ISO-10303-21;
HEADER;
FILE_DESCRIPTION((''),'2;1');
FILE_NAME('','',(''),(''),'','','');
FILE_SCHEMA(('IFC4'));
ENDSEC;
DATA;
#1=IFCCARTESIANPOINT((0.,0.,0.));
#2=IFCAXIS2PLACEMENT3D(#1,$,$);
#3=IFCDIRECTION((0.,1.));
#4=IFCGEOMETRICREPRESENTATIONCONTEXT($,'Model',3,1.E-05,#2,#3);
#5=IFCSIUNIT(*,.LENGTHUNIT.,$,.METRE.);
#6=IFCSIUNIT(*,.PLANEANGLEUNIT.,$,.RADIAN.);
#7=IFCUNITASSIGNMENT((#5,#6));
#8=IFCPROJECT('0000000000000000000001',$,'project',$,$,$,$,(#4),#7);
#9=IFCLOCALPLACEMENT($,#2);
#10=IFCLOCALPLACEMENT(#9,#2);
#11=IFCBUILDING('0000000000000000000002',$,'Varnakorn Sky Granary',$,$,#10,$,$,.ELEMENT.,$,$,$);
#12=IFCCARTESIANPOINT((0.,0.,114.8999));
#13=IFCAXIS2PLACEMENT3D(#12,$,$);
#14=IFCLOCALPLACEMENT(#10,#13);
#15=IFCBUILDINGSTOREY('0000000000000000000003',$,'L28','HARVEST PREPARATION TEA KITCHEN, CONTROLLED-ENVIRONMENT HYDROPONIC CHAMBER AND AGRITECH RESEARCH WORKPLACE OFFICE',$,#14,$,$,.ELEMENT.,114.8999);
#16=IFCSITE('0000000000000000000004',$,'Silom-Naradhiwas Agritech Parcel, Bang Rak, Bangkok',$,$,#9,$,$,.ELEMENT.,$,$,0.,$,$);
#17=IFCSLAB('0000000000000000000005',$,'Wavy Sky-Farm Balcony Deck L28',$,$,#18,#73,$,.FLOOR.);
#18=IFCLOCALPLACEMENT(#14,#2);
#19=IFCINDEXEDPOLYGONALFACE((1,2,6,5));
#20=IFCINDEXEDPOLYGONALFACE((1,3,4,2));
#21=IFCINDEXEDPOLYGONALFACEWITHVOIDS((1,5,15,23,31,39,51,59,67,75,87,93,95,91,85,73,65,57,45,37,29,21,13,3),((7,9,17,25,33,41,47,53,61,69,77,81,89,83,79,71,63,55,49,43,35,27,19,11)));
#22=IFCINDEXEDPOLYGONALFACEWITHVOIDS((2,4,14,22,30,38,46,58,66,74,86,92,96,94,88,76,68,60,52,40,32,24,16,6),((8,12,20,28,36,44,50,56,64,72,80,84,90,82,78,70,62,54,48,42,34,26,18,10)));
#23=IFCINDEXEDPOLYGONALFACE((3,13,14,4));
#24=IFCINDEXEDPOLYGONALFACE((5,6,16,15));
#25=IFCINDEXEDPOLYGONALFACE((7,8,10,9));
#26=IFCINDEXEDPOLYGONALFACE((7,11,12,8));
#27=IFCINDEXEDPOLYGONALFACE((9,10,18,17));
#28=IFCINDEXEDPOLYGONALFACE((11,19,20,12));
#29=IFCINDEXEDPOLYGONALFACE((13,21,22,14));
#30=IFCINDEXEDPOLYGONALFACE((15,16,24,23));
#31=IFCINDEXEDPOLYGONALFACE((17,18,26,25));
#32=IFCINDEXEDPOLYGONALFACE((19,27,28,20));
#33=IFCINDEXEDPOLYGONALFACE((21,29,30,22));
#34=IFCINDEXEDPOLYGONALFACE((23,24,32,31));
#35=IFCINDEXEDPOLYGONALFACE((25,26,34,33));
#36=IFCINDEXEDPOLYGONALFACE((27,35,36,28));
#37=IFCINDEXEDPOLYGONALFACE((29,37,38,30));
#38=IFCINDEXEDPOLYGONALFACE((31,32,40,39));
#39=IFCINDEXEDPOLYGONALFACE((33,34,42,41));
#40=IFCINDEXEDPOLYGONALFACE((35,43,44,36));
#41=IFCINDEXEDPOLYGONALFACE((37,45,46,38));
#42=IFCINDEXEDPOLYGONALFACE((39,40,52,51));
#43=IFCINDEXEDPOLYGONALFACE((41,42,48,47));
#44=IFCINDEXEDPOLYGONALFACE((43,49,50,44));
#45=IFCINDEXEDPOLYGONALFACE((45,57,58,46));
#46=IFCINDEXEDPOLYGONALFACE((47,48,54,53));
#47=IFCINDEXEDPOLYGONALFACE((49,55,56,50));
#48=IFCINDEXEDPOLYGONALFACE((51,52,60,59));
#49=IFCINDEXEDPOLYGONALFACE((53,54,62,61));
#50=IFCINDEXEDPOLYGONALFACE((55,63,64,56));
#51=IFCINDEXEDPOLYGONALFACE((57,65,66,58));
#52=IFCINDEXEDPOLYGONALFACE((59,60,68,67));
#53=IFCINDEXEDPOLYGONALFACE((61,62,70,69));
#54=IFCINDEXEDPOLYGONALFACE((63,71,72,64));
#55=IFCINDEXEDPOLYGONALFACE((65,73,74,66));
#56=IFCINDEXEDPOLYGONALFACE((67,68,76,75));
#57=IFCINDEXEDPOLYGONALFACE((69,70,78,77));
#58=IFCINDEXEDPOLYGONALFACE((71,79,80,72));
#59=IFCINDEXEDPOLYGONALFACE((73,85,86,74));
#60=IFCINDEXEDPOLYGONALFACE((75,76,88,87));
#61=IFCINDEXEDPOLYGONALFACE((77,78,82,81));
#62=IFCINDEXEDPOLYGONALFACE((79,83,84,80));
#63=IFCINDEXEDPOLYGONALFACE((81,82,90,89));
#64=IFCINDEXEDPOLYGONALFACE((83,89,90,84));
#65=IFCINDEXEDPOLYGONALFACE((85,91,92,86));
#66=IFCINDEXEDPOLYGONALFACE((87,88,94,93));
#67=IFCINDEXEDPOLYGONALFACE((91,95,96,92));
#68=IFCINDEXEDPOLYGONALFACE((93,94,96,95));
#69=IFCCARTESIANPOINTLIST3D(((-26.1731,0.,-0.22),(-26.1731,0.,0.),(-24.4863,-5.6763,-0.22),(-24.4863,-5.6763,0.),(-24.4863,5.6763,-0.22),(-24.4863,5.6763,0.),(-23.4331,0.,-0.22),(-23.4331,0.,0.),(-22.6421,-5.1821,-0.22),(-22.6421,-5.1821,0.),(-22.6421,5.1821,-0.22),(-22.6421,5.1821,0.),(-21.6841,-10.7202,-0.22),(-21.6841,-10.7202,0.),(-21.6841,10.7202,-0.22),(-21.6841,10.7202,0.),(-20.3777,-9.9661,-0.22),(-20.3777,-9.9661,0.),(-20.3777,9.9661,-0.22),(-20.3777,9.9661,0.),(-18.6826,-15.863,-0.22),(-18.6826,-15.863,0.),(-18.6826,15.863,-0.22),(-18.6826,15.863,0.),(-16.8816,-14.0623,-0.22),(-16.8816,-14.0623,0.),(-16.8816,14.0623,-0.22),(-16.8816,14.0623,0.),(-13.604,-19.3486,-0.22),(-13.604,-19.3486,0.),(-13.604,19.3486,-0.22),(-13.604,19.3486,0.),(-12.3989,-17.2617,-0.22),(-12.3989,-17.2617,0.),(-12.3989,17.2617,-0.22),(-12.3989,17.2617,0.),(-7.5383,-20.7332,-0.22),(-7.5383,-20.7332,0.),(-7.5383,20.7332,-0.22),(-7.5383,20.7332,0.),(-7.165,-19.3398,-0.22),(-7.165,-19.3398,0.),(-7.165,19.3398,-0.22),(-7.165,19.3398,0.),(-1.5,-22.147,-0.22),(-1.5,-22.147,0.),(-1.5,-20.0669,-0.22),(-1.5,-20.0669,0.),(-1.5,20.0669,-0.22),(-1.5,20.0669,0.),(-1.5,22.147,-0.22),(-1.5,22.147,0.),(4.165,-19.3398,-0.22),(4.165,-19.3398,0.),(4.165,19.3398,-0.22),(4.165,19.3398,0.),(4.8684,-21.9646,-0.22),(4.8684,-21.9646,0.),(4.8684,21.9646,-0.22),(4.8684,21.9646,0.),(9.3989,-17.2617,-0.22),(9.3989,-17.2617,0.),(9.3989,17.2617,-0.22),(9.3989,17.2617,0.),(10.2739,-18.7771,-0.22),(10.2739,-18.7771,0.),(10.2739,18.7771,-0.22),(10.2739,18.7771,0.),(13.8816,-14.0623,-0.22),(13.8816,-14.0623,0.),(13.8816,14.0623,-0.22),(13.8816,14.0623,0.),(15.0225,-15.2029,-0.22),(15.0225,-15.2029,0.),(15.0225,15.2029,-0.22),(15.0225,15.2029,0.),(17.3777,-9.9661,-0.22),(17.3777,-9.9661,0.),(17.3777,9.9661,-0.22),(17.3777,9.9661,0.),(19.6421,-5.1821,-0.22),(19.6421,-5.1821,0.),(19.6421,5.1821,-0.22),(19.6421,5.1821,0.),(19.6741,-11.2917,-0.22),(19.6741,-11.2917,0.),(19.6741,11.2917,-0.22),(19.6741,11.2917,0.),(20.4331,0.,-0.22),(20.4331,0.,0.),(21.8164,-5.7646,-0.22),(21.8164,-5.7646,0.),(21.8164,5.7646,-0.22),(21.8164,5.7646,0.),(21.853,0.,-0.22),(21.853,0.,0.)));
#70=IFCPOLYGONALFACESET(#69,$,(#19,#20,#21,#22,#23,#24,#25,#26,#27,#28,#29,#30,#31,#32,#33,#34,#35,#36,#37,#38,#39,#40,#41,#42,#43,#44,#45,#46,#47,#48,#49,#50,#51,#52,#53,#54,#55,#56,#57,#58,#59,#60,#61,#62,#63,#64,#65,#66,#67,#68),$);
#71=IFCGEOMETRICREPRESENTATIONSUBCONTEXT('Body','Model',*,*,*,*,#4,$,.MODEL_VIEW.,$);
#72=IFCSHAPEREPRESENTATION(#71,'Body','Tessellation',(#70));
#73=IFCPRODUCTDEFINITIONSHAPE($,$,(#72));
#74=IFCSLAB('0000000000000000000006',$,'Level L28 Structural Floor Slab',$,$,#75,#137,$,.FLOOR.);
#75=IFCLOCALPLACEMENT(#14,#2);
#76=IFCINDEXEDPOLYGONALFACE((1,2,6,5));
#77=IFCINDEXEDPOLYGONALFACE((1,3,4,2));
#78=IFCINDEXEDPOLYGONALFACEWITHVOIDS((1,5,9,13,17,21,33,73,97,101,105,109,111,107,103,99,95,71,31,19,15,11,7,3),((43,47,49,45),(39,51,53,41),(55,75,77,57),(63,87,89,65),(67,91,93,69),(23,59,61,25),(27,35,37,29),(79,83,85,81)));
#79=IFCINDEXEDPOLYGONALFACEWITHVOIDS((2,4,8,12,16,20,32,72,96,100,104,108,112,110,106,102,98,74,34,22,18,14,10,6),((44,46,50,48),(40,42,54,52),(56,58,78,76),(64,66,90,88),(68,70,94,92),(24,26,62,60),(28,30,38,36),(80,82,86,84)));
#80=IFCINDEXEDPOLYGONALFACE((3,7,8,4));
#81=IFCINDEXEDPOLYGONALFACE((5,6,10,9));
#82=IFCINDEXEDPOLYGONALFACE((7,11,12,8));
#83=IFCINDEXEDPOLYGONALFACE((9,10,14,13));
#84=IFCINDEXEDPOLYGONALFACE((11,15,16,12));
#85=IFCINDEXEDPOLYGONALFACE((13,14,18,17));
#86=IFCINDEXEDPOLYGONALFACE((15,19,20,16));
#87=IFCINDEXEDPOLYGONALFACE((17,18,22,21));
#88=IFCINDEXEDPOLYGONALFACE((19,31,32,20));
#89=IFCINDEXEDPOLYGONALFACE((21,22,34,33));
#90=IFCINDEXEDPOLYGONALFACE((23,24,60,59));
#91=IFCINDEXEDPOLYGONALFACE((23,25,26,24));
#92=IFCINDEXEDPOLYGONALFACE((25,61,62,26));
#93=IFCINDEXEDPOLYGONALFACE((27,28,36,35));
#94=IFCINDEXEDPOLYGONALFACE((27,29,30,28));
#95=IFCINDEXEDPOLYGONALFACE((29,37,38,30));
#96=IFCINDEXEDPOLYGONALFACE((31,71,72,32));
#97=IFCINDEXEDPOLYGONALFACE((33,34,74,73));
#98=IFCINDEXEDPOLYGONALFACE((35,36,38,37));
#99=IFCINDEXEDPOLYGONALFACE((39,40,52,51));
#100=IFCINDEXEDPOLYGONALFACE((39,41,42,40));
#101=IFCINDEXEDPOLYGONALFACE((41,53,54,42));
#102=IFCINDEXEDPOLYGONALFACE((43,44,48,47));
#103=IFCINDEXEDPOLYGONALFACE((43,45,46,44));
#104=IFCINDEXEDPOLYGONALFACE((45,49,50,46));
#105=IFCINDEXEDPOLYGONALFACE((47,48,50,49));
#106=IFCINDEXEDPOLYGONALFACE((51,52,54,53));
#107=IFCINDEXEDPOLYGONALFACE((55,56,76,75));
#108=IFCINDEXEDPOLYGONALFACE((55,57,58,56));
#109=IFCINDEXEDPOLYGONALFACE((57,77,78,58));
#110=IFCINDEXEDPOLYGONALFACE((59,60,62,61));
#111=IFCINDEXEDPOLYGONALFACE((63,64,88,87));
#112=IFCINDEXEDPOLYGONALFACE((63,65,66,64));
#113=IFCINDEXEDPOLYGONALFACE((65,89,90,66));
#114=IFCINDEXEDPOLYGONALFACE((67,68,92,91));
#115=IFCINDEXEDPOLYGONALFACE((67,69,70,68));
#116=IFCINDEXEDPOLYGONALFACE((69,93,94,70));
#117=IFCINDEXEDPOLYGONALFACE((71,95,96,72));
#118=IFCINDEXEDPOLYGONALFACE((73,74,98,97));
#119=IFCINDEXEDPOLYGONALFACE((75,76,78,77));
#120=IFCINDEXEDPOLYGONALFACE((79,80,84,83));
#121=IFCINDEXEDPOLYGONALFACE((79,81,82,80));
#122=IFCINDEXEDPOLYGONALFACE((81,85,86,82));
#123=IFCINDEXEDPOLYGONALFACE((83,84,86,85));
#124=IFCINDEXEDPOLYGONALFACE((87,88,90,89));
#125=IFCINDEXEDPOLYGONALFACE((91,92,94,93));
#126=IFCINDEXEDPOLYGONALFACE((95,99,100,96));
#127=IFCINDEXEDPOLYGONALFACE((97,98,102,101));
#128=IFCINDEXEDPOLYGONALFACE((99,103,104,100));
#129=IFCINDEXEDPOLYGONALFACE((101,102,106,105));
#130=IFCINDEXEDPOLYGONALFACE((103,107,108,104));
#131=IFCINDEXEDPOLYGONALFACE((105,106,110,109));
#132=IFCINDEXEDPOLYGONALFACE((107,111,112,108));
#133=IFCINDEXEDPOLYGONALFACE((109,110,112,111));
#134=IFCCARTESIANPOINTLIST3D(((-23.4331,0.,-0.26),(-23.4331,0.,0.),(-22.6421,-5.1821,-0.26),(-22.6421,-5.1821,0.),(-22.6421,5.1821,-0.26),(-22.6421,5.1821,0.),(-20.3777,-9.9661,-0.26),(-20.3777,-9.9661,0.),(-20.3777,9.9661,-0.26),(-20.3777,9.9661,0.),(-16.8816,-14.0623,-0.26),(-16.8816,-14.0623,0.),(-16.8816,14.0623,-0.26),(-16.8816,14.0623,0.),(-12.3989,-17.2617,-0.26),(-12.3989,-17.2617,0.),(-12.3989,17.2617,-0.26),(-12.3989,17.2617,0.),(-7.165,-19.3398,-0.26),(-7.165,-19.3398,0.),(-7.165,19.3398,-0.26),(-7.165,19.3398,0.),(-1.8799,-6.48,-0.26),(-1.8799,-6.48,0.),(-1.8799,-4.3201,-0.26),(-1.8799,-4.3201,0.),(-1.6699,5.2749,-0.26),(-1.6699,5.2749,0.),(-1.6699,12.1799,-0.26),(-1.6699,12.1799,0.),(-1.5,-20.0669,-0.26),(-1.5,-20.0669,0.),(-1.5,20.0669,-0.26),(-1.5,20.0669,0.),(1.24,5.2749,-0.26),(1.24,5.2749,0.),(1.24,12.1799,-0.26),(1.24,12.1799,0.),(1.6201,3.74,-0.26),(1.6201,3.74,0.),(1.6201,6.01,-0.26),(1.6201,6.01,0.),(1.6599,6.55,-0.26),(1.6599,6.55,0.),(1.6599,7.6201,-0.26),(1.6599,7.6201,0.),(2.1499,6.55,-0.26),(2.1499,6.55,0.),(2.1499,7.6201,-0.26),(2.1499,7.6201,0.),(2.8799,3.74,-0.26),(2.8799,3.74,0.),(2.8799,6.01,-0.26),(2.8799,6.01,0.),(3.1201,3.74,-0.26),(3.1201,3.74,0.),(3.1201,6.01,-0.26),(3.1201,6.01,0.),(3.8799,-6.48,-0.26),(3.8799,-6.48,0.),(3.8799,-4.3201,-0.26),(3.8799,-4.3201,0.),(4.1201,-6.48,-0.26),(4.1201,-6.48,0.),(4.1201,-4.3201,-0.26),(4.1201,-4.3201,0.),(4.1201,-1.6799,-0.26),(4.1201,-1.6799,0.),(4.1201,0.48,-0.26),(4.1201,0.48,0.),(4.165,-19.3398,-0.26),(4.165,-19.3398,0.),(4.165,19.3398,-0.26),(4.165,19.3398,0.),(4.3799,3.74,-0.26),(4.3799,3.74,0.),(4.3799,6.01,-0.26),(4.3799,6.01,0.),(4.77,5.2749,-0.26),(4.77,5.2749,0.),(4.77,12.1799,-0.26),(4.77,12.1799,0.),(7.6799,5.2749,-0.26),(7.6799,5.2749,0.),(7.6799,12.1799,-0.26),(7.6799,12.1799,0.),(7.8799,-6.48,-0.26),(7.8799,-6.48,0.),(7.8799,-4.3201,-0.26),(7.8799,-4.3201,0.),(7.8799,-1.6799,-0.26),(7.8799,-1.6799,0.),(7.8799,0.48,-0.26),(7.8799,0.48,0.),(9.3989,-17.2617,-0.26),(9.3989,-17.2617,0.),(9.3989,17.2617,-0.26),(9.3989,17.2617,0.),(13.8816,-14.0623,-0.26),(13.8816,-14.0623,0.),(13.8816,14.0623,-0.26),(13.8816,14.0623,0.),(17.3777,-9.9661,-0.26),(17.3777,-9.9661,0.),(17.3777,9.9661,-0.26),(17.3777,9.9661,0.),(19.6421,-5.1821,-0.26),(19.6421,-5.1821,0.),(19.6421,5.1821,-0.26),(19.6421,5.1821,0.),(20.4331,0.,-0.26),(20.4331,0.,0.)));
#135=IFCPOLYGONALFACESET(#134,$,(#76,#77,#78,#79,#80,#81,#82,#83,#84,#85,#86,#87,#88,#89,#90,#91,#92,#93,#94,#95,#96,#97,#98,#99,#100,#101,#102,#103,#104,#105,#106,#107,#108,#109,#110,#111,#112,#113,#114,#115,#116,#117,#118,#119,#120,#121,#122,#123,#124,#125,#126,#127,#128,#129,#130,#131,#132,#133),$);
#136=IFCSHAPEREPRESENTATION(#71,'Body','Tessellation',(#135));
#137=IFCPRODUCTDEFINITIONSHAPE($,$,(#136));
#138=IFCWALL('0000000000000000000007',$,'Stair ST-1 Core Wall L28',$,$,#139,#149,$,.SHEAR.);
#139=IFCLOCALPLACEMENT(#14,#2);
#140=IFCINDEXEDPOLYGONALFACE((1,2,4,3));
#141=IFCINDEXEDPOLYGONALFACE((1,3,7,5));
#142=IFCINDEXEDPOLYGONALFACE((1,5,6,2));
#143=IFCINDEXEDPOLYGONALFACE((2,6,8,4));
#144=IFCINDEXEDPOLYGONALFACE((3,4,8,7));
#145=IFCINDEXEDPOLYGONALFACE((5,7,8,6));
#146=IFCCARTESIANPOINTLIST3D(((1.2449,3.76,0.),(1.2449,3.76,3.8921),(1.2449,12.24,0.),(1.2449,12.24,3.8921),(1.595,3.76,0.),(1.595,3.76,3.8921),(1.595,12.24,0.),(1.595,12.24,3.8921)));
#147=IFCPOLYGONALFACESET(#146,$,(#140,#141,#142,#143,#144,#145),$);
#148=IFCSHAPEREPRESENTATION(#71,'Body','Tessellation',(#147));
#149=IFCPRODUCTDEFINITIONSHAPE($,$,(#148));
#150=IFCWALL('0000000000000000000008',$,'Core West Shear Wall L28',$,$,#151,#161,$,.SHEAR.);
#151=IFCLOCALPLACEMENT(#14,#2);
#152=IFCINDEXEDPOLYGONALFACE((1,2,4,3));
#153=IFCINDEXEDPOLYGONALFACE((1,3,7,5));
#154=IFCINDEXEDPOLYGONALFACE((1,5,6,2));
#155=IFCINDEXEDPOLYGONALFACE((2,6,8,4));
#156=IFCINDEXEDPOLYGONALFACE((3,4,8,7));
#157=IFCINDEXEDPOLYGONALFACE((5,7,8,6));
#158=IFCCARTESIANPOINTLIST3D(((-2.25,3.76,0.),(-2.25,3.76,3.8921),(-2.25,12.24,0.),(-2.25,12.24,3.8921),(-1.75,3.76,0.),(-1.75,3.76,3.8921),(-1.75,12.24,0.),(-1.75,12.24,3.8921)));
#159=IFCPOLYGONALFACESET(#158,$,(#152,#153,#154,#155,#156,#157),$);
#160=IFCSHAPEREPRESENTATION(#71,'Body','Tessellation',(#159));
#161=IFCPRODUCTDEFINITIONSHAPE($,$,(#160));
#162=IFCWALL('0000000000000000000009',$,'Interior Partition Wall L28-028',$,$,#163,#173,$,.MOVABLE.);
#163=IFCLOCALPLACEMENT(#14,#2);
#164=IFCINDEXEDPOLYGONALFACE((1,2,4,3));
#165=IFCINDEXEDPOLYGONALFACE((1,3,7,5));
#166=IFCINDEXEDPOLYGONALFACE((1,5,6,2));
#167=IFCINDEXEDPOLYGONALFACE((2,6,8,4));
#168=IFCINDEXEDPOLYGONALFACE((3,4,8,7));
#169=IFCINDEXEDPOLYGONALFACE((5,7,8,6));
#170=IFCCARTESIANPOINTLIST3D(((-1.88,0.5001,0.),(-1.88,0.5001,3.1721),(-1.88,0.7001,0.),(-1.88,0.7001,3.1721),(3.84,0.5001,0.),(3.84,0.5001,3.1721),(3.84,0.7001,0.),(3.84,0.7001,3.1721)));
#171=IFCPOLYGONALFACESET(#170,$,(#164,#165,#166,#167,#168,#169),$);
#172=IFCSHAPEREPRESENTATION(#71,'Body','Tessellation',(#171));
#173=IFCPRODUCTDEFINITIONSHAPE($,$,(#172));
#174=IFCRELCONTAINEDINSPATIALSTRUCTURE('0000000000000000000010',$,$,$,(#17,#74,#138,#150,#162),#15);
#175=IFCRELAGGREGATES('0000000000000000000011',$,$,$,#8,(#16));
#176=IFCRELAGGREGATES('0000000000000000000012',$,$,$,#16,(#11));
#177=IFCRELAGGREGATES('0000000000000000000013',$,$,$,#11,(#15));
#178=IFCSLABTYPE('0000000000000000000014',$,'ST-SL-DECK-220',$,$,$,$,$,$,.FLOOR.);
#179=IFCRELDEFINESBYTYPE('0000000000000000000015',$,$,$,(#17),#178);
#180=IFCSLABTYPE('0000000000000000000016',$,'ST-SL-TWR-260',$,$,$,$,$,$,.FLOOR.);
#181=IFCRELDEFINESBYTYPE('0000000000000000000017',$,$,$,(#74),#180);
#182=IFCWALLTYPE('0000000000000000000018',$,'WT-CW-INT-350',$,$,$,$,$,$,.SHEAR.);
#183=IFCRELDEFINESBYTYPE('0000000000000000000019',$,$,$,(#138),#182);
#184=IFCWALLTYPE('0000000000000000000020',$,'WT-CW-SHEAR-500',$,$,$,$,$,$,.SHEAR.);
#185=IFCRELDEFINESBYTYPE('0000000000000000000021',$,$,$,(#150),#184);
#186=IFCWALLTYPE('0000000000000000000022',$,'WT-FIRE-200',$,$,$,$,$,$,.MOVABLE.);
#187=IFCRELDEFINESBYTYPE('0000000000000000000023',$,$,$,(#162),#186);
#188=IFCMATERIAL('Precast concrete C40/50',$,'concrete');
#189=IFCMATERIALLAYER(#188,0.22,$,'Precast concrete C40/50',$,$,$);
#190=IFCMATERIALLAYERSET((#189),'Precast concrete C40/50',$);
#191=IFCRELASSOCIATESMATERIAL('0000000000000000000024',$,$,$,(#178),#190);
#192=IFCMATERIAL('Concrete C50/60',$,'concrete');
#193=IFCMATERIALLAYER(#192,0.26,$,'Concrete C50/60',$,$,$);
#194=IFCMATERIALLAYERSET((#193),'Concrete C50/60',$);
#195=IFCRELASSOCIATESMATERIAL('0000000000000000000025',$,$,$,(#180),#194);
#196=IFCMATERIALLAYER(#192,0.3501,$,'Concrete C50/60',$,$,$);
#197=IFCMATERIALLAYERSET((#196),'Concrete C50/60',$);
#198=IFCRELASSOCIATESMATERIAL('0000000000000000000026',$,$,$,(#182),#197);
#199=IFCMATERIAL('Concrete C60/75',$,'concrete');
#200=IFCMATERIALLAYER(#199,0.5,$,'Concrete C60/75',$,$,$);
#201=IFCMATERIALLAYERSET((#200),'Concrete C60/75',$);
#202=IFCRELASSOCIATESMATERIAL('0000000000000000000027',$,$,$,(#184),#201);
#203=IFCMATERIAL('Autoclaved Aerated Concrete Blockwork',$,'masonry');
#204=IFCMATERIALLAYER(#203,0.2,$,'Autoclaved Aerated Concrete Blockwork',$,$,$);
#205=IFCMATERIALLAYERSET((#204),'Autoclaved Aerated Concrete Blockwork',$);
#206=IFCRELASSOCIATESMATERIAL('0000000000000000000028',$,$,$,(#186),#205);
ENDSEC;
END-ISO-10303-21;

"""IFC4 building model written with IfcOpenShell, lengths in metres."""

from ifc_helpers import new_model, si_unit, direction, frame, frame_2d, origin, place, context, subcontext, project, spatial, polyline, rectangle, outline, extrude, material, layer, layer_set, type_object, element, save


model = new_model("IFC4")

# Units and contexts
model_context = context("Model", 3, precision=1e-05, world=origin(), true_north=direction((0.0, 1.0)))
body_context = subcontext(model_context, "Body", "Model", "MODEL_VIEW")
ifc_project = project(units=[si_unit("LENGTHUNIT", "METRE"), si_unit("PLANEANGLEUNIT", "RADIAN")], contexts=[model_context])

# Site, building, storey
site_placement = place(None, origin())
site = spatial("IfcSite", under=ifc_project, at=site_placement, Name="Silom-Naradhiwas Agritech Parcel, Bang Rak, Bangkok", CompositionType="ELEMENT", RefElevation=0.0)
building_placement = place(site_placement, origin())
building = spatial("IfcBuilding", under=site, at=building_placement, Name="Varnakorn Sky Granary", CompositionType="ELEMENT")
storey_placement = place(building_placement, frame((0.0, 0.0, 114.8999)))
storey = spatial("IfcBuildingStorey", under=building, at=storey_placement, Name="L28", Description="HARVEST PREPARATION TEA KITCHEN, CONTROLLED-ENVIRONMENT HYDROPONIC CHAMBER AND AGRITECH RESEARCH WORKPLACE OFFICE", CompositionType="ELEMENT", Elevation=114.8999)

# Shared definitions
ifc_material_1 = material(Name="Concrete C60/75", Category="concrete")

# Slabs
ifc_material_2 = material(Name="Precast concrete C40/50", Category="concrete")
ifc_layer_1 = layer(ifc_material_2, 0.22, Name="Precast concrete C40/50")
ifc_layer_set_1 = layer_set([ifc_layer_1], Name="Precast concrete C40/50")
slab_type_1 = type_object("IfcSlabType", Name="ST-SL-DECK-220", PredefinedType="FLOOR", material=ifc_layer_set_1)
slab_1_placement = place(storey_placement, frame((0.0, 0.0, -0.22)))
element("IfcSlab", 1, at=slab_1_placement, inside=storey, type_object=slab_type_1, Name="Wavy Sky-Farm Balcony Deck L28", PredefinedType="FLOOR", context=body_context, shape_type="SweptSolid", body=[
    extrude(outline(polyline([(21.853, 0.0), (21.8164, 5.7646), (19.6741, 11.2917), (15.0225, 15.2029), (10.2739, 18.7771), (4.8684, 21.9646), (-1.5, 22.147), (-7.5383, 20.7332), (-13.604, 19.3486), (-18.6826, 15.863), (-21.6841, 10.7202), (-24.4863, 5.6763), (-26.1731, 0.0), (-24.4863, -5.6763), (-21.6841, -10.7202), (-18.6826, -15.863), (-13.604, -19.3486), (-7.5383, -20.7332), (-1.5, -22.147), (4.8684, -21.9646), (10.2739, -18.7771), (15.0225, -15.2029), (19.6741, -11.2917), (21.8164, -5.7646), (21.853, 0.0)]), holes=[polyline([(20.4331, 0.0), (19.6421, 5.1821), (17.3777, 9.9661), (13.8816, 14.0623), (9.3989, 17.2617), (4.165, 19.3398), (-1.5, 20.0669), (-7.165, 19.3398), (-12.3989, 17.2617), (-16.8816, 14.0623), (-20.3777, 9.9661), (-22.6421, 5.1821), (-23.4331, 0.0), (-22.6421, -5.1821), (-20.3777, -9.9661), (-16.8816, -14.0623), (-12.3989, -17.2617), (-7.165, -19.3398), (-1.5, -20.0669), (4.165, -19.3398), (9.3989, -17.2617), (13.8816, -14.0623), (17.3777, -9.9661), (19.6421, -5.1821), (20.4331, 0.0)])]), origin(), (0.0, 0.0, 1.0), 0.22),
])
ifc_material_3 = material(Name="Concrete C50/60", Category="concrete")
ifc_layer_2 = layer(ifc_material_3, 0.26, Name="Concrete C50/60")
ifc_layer_set_2 = layer_set([ifc_layer_2], Name="Concrete C50/60")
slab_type_2 = type_object("IfcSlabType", Name="ST-SL-TWR-260", PredefinedType="FLOOR", material=ifc_layer_set_2)
slab_2_placement = place(storey_placement, frame((0.0, 0.0, -0.26)))
element("IfcSlab", 2, at=slab_2_placement, inside=storey, type_object=slab_type_2, Name="Level L28 Structural Floor Slab", PredefinedType="FLOOR", context=body_context, shape_type="SweptSolid", body=[
    extrude(outline(polyline([(20.4331, 0.0), (19.6421, 5.1821), (17.3777, 9.9661), (13.8816, 14.0623), (9.3989, 17.2617), (4.165, 19.3398), (-1.5, 20.0669), (-7.165, 19.3398), (-12.3989, 17.2617), (-16.8816, 14.0623), (-20.3777, 9.9661), (-22.6421, 5.1821), (-23.4331, 0.0), (-22.6421, -5.1821), (-20.3777, -9.9661), (-16.8816, -14.0623), (-12.3989, -17.2617), (-7.165, -19.3398), (-1.5, -20.0669), (4.165, -19.3398), (9.3989, -17.2617), (13.8816, -14.0623), (17.3777, -9.9661), (19.6421, -5.1821), (20.4331, 0.0)]), holes=[polyline([(1.24, 5.2749), (1.24, 12.1799), (-1.6699, 12.1799), (-1.6699, 5.2749), (1.24, 5.2749)]), polyline([(7.6799, 5.2749), (7.6799, 12.1799), (4.77, 12.1799), (4.77, 5.2749), (7.6799, 5.2749)]), polyline([(1.6599, 6.55), (2.1499, 6.55), (2.1499, 7.6201), (1.6599, 7.6201), (1.6599, 6.55)]), polyline([(1.6201, 3.74), (2.8799, 3.74), (2.8799, 6.01), (1.6201, 6.01), (1.6201, 3.74)]), polyline([(3.1201, 3.74), (4.3799, 3.74), (4.3799, 6.01), (3.1201, 6.01), (3.1201, 3.74)]), polyline([(4.1201, -1.6799), (7.8799, -1.6799), (7.8799, 0.48), (4.1201, 0.48), (4.1201, -1.6799)]), polyline([(-1.8799, -6.48), (3.8799, -6.48), (3.8799, -4.3201), (-1.8799, -4.3201), (-1.8799, -6.48)]), polyline([(4.1201, -6.48), (7.8799, -6.48), (7.8799, -4.3201), (4.1201, -4.3201), (4.1201, -6.48)])]), origin(), (0.0, 0.0, 1.0), 0.26),
])

# Wall
ifc_layer_3 = layer(ifc_material_3, 0.3501, Name="Concrete C50/60")
ifc_layer_set_3 = layer_set([ifc_layer_3], Name="Concrete C50/60")
wall_type_1 = type_object("IfcWallType", Name="WT-CW-INT-350", PredefinedType="SHEAR", material=ifc_layer_set_3)
wall_1_placement = place(storey_placement, frame((1.4199, 3.76, 0.0), z_axis=(0.0, 0.0, 1.0), x_axis=(0.0, 1.0, 0.0)))
element("IfcWall", 3, at=wall_1_placement, inside=storey, type_object=wall_type_1, Name="Stair ST-1 Core Wall L28", PredefinedType="SHEAR", context=body_context, shape_type="SweptSolid", body=[
    extrude(rectangle(XDim=8.48, YDim=0.3501, at=frame_2d((4.24, 0.0))), origin(), (0.0, 0.0, 1.0), 3.8921),
])

# Shared definitions
ifc_layer_4 = layer(ifc_material_1, 0.5, Name="Concrete C60/75")
ifc_layer_set_4 = layer_set([ifc_layer_4], Name="Concrete C60/75")
wall_type_2 = type_object("IfcWallType", Name="WT-CW-SHEAR-500", PredefinedType="SHEAR", material=ifc_layer_set_4)

# Walls
wall_2_placement = place(storey_placement, frame((-2.0, 3.76, 0.0), z_axis=(0.0, 0.0, 1.0), x_axis=(0.0, 1.0, 0.0)))
element("IfcWall", 4, at=wall_2_placement, inside=storey, type_object=wall_type_2, Name="Core West Shear Wall L28", PredefinedType="SHEAR", context=body_context, shape_type="SweptSolid", body=[
    extrude(rectangle(XDim=8.48, YDim=0.5, at=frame_2d((4.24, 0.0))), origin(), (0.0, 0.0, 1.0), 3.8921),
])
ifc_material_4 = material(Name="Autoclaved Aerated Concrete Blockwork", Category="masonry")
ifc_layer_5 = layer(ifc_material_4, 0.2, Name="Autoclaved Aerated Concrete Blockwork")
ifc_layer_set_5 = layer_set([ifc_layer_5], Name="Autoclaved Aerated Concrete Blockwork")
wall_type_3 = type_object("IfcWallType", Name="WT-FIRE-200", PredefinedType="MOVABLE", material=ifc_layer_set_5)
wall_3_placement = place(storey_placement, frame((-1.8799, 0.6001, 0.0), z_axis=(0.0, 0.0, 1.0), x_axis=(1.0, 0.0, 0.0)))
element("IfcWall", 5, at=wall_3_placement, inside=storey, type_object=wall_type_3, Name="Interior Partition Wall L28-028", PredefinedType="MOVABLE", context=body_context, shape_type="SweptSolid", body=[
    extrude(rectangle(XDim=5.72, YDim=0.2, at=frame_2d((2.8599, 0.0))), origin(), (0.0, 0.0, 1.0), 3.1721),
])

save(model, "model.ifc")
